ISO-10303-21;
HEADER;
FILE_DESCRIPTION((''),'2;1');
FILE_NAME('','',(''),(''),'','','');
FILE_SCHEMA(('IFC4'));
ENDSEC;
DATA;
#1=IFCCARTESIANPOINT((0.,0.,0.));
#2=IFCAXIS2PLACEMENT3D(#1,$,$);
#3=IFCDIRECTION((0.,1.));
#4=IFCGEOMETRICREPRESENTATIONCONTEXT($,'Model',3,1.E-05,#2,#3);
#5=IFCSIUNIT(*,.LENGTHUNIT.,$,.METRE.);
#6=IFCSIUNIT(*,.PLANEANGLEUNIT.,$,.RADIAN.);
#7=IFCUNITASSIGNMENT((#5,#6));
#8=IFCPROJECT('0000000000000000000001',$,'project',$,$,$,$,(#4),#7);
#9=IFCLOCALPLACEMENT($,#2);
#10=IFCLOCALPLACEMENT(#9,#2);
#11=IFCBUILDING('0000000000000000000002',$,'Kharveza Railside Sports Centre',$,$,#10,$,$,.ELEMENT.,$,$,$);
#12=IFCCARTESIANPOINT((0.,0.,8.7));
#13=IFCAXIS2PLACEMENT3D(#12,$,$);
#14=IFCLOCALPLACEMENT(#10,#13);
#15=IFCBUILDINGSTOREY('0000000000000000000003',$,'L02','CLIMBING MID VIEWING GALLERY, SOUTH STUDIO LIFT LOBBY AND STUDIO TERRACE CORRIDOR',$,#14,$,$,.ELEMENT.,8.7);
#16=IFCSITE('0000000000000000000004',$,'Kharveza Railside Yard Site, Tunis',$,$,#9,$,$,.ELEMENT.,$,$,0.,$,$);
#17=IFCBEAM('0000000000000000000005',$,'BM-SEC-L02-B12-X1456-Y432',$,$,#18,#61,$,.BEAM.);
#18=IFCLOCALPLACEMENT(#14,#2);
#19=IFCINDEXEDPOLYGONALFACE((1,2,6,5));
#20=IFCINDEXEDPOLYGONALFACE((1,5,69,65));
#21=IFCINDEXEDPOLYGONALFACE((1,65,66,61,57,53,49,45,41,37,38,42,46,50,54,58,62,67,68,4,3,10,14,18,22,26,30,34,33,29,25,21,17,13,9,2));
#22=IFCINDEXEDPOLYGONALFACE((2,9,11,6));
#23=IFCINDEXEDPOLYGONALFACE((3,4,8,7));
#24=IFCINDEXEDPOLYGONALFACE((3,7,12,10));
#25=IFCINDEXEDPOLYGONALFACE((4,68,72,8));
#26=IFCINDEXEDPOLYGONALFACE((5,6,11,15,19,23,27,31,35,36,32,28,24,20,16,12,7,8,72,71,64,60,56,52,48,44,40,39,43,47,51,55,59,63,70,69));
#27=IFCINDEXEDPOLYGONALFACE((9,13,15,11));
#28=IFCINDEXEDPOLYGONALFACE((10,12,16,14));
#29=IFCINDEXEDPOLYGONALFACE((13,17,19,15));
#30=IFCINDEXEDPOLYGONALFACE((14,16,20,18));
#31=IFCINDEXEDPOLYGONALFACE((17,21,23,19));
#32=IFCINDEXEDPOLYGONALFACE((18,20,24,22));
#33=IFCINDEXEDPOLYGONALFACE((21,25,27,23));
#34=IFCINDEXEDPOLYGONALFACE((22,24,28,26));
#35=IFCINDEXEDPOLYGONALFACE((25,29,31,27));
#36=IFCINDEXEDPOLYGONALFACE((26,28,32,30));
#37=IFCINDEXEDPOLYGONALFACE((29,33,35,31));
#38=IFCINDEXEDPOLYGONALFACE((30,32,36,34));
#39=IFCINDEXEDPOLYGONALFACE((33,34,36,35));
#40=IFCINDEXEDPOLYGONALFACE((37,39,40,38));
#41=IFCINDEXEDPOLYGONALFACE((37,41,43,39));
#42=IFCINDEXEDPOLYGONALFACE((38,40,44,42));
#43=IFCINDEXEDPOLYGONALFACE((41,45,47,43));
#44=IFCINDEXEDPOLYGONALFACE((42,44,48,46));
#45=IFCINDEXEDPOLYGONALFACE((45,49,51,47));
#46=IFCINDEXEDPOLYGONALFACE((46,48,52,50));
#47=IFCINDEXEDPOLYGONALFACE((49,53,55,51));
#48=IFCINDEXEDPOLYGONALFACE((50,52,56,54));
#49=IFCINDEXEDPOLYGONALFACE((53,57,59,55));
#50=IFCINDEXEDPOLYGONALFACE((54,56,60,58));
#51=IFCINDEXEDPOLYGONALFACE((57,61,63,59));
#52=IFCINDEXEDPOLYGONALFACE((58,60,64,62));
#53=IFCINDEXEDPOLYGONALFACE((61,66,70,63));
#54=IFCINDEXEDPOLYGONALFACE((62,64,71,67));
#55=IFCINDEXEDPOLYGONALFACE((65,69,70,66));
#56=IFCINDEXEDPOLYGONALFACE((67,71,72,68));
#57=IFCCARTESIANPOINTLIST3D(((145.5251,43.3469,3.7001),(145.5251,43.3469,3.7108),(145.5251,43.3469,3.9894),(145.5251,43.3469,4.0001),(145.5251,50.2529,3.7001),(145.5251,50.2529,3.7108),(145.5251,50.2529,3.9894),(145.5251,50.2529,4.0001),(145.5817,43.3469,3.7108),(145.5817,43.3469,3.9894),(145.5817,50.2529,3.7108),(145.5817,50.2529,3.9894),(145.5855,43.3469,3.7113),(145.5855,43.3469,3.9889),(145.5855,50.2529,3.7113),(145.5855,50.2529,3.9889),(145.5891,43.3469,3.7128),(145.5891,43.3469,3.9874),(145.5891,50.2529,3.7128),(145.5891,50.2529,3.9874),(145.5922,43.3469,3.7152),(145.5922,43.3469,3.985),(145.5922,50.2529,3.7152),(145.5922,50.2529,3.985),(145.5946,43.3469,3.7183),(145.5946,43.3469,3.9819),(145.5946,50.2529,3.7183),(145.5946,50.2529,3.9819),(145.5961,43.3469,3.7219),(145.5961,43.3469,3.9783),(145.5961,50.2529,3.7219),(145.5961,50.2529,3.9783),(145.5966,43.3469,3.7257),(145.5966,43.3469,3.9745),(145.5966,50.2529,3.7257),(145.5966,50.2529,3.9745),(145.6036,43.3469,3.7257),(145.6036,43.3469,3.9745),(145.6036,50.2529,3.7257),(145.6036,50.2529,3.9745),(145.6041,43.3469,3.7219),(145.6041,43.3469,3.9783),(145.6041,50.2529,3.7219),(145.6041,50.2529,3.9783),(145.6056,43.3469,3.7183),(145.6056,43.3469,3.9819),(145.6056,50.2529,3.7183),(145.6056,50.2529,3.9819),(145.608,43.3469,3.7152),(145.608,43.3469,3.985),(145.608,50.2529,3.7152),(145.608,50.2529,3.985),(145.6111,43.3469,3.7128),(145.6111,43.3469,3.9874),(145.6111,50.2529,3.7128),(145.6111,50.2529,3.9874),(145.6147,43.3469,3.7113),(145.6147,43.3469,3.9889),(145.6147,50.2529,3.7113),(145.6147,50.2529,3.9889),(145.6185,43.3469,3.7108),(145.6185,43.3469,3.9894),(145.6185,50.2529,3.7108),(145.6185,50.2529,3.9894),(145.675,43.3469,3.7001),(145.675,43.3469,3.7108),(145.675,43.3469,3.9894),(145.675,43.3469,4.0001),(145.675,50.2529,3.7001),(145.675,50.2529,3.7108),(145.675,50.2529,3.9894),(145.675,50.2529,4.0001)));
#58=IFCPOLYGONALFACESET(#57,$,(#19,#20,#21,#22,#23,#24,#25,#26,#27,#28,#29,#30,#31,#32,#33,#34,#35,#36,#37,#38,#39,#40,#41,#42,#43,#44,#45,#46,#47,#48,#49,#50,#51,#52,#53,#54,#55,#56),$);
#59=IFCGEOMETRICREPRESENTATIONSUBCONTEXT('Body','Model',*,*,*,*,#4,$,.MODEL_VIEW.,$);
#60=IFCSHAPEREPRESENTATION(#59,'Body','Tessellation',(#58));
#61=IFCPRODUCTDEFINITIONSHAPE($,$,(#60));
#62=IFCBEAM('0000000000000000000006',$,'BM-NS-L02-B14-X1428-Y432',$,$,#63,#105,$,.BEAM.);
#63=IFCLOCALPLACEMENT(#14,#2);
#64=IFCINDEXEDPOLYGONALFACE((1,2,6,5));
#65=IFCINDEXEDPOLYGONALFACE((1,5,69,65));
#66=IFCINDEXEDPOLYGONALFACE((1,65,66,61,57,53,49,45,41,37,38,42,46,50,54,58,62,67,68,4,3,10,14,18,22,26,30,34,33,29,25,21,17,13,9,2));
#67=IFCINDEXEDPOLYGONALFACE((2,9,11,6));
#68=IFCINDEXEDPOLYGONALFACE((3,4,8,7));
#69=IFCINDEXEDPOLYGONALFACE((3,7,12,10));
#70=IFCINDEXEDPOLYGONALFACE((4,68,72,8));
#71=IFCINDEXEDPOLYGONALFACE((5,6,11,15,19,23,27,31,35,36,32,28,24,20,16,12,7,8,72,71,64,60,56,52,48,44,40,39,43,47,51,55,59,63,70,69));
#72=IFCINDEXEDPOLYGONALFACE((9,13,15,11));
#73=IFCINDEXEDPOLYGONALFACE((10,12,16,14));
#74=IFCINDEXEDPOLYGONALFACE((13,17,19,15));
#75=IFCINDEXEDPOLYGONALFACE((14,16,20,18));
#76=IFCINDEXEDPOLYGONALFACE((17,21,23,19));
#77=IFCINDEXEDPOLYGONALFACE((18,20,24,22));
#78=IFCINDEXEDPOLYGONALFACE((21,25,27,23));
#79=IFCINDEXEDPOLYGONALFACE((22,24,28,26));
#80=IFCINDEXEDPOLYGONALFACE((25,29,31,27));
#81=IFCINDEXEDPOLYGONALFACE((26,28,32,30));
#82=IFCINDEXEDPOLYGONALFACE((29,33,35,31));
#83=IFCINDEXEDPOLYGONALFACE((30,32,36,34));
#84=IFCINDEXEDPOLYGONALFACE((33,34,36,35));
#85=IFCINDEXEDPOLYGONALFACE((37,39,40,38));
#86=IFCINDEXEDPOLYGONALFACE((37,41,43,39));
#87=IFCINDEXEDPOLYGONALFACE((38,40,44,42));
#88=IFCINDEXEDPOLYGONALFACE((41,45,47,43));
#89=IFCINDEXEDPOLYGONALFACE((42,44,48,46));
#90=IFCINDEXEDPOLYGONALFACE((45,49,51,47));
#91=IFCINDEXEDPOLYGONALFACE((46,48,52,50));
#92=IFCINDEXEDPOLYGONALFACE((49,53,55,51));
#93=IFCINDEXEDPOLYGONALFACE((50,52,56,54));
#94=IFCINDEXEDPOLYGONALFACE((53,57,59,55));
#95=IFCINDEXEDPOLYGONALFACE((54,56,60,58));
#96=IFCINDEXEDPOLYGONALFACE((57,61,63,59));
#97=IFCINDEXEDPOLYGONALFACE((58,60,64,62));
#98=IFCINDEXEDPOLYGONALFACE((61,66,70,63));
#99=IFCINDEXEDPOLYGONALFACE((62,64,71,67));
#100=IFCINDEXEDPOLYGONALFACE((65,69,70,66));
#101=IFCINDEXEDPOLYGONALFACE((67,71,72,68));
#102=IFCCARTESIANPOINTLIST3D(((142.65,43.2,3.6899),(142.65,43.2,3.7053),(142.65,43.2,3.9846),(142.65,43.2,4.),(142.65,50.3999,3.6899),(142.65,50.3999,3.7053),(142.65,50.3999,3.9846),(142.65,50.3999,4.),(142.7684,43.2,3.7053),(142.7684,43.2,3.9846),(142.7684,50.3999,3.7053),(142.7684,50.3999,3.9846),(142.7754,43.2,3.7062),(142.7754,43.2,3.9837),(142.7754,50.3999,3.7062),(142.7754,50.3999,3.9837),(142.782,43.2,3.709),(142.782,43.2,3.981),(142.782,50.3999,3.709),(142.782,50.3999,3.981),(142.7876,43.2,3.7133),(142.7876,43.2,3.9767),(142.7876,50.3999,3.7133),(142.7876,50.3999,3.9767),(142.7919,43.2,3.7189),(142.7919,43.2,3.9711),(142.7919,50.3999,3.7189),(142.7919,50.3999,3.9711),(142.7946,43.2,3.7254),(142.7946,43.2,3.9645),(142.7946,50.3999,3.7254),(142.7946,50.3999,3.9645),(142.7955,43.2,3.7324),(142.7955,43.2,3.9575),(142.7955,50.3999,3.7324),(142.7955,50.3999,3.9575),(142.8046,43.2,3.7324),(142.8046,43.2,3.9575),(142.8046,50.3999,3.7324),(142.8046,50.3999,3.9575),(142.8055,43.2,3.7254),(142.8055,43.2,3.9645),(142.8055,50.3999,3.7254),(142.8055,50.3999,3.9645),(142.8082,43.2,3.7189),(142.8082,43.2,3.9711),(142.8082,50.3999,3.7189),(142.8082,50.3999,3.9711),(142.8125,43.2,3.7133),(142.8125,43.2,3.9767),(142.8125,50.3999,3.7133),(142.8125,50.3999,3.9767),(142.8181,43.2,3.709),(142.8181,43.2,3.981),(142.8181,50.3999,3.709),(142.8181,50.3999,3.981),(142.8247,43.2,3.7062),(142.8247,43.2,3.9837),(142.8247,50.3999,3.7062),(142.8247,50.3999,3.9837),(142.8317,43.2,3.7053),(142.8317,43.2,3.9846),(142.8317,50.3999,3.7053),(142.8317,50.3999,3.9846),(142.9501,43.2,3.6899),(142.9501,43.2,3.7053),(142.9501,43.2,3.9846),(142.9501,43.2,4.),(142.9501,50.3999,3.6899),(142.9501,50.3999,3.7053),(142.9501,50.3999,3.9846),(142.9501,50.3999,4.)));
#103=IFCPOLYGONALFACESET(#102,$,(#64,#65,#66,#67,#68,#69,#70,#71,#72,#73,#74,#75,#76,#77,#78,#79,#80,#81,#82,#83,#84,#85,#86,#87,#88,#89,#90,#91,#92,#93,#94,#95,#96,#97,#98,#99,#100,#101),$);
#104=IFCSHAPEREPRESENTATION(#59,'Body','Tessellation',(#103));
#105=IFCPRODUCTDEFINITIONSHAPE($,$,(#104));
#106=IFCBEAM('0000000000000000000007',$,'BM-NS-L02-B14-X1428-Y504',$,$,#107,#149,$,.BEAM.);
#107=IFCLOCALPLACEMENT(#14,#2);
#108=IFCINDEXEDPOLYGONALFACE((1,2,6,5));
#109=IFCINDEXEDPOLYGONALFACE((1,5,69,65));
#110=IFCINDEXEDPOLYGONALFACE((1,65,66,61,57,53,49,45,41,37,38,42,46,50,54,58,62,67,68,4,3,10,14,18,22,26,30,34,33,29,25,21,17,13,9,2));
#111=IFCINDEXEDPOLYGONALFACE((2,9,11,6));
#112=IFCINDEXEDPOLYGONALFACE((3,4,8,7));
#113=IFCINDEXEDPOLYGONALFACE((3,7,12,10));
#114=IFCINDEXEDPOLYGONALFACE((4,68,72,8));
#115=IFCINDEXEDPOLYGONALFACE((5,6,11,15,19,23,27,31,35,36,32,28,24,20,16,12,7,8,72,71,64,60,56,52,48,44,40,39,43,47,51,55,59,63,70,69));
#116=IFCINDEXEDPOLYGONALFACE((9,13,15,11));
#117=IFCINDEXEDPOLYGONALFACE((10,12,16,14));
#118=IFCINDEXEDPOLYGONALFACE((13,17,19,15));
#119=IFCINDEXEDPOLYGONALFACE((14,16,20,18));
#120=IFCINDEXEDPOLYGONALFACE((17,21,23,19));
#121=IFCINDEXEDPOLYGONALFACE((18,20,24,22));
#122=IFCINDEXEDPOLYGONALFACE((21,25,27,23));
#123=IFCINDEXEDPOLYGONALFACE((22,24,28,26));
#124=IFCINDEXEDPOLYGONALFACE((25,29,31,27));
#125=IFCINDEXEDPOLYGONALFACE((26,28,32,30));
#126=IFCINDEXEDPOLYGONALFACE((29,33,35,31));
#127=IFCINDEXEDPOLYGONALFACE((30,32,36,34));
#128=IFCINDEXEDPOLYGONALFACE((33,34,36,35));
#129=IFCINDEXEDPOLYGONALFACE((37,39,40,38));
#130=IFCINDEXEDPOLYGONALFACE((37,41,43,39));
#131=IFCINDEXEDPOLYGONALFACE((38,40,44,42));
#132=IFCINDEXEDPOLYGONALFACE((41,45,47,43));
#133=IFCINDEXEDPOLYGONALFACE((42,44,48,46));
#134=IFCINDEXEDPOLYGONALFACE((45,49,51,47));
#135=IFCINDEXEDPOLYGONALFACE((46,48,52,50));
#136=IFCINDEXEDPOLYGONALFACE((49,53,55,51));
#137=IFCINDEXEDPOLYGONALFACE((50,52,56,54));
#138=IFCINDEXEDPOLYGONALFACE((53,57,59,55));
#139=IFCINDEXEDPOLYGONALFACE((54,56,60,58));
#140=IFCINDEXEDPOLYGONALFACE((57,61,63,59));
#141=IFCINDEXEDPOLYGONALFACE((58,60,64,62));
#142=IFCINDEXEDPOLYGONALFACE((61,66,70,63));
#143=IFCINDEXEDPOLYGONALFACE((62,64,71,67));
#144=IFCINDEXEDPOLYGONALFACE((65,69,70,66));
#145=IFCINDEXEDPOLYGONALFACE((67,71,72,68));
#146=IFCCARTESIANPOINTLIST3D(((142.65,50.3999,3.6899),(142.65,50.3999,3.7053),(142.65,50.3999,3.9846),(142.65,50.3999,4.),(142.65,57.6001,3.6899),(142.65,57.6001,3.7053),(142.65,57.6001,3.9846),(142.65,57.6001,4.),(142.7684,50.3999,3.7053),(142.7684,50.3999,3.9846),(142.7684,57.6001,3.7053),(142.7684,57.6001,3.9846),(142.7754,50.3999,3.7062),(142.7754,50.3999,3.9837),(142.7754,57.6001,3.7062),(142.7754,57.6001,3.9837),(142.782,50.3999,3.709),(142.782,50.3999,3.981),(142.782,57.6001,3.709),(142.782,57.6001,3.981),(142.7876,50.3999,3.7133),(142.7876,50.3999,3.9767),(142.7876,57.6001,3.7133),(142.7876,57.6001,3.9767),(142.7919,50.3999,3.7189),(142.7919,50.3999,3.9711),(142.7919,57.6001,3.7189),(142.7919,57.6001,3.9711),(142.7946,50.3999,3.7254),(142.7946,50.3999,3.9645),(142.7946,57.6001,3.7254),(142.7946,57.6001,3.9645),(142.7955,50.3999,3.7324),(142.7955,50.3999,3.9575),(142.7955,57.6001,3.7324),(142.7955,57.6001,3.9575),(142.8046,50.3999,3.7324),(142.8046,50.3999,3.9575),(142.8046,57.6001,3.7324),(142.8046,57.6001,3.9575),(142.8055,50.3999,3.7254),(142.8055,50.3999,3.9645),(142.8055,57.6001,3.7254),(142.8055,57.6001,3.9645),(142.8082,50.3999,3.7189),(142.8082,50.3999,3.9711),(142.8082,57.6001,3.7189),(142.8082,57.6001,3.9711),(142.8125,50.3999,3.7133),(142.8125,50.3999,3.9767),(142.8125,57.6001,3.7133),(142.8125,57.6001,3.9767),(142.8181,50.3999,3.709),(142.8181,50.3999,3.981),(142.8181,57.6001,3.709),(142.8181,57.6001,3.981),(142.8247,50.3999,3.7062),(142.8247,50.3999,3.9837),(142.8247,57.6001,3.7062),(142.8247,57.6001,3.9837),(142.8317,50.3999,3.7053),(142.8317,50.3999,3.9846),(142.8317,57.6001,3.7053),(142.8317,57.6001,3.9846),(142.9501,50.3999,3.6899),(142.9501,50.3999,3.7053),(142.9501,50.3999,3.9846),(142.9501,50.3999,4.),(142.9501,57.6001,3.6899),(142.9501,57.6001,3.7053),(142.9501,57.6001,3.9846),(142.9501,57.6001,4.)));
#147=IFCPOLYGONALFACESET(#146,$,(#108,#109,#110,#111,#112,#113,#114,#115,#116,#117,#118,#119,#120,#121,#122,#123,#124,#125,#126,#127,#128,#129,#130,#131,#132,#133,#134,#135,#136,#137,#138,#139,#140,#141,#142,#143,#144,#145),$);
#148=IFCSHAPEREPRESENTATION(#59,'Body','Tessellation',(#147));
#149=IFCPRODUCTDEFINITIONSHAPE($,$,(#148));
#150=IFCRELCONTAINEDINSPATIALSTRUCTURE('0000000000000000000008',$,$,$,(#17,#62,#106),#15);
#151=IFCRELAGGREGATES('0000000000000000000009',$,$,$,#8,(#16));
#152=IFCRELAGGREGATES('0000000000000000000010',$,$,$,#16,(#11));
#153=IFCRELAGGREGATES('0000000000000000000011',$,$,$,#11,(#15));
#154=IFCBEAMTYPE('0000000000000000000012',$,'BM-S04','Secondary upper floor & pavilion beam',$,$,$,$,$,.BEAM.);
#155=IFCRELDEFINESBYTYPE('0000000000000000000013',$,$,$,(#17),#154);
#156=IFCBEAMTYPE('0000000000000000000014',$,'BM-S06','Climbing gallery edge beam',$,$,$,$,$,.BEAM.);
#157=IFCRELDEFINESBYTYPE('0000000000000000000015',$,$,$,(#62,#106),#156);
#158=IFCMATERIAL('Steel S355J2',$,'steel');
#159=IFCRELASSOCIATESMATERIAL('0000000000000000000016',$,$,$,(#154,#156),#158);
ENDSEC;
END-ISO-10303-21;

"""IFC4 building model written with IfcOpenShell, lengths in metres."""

from ifc_helpers import new_model, si_unit, direction, frame, origin, origin_2d, place, context, subcontext, project, spatial, i_section, extrude, material, material_profile, profile_set, type_object, element, save


model = new_model("IFC4")

# Units and contexts
model_context = context("Model", 3, precision=1e-05, world=origin(), true_north=direction((0.0, 1.0)))
body_context = subcontext(model_context, "Body", "Model", "MODEL_VIEW")
ifc_project = project(units=[si_unit("LENGTHUNIT", "METRE"), si_unit("PLANEANGLEUNIT", "RADIAN")], contexts=[model_context])

# Site, building, storey
site_placement = place(None, origin())
site = spatial("IfcSite", under=ifc_project, at=site_placement, Name="Kharveza Railside Yard Site, Tunis", CompositionType="ELEMENT", RefElevation=0.0)
building_placement = place(site_placement, origin())
building = spatial("IfcBuilding", under=site, at=building_placement, Name="Kharveza Railside Sports Centre", CompositionType="ELEMENT")
storey_placement = place(building_placement, frame((0.0, 0.0, 8.7)))
storey = spatial("IfcBuildingStorey", under=building, at=storey_placement, Name="L02", Description="CLIMBING MID VIEWING GALLERY, SOUTH STUDIO LIFT LOBBY AND STUDIO TERRACE CORRIDOR", CompositionType="ELEMENT", Elevation=8.7)

# Beams
ifc_material_1 = material(Name="Steel S355J2", Category="steel")
ifc_material_profile_1 = material_profile(ifc_material_1, i_section(OverallWidth=0.1499, OverallDepth=0.3, WebThickness=0.0071, FlangeThickness=0.0107, FilletRadius=0.0149, at=origin_2d()), Name="IPE 300")
ifc_profile_set_1 = profile_set([ifc_material_profile_1], Name="Steel S355J2")
beam_type_1 = type_object("IfcBeamType", Name="BM-S04", Description="Secondary upper floor & pavilion beam", PredefinedType="BEAM", material=ifc_profile_set_1)
beam_1_placement = place(storey_placement, frame((145.6001, 43.3469, 3.8501), z_axis=(0.0, 1.0, 0.0), x_axis=(-1.0, 0.0, 0.0)))
element("IfcBeam", 1, at=beam_1_placement, inside=storey, type_object=beam_type_1, Name="BM-SEC-L02-B12-X1456-Y432", PredefinedType="BEAM", context=body_context, shape_type="SweptSolid", body=[
    extrude(i_section(OverallWidth=0.1499, OverallDepth=0.3, WebThickness=0.0071, FlangeThickness=0.0107, FilletRadius=0.0149, at=origin_2d()), origin(), (0.0, 0.0, 1.0), 6.906),
])
ifc_material_profile_2 = material_profile(ifc_material_1, i_section(OverallWidth=0.3, OverallDepth=0.3101, WebThickness=0.009, FlangeThickness=0.0154, FilletRadius=0.0271, at=origin_2d()), Name="HEA 320")
ifc_profile_set_2 = profile_set([ifc_material_profile_2], Name="Steel S355J2")
beam_type_2 = type_object("IfcBeamType", Name="BM-S06", Description="Climbing gallery edge beam", PredefinedType="BEAM", material=ifc_profile_set_2)
beam_2_placement = place(storey_placement, frame((142.8, 43.2, 3.845), z_axis=(0.0, 1.0, 0.0), x_axis=(-1.0, 0.0, 0.0)))
element("IfcBeam", 2, at=beam_2_placement, inside=storey, type_object=beam_type_2, Name="BM-NS-L02-B14-X1428-Y432", PredefinedType="BEAM", context=body_context, shape_type="SweptSolid", body=[
    extrude(i_section(OverallWidth=0.3, OverallDepth=0.3101, WebThickness=0.009, FlangeThickness=0.0154, FilletRadius=0.0271, at=origin_2d()), origin(), (0.0, 0.0, 1.0), 7.2),
])
beam_3_placement = place(storey_placement, frame((142.8, 50.3999, 3.845), z_axis=(0.0, 1.0, 0.0), x_axis=(-1.0, 0.0, 0.0)))
element("IfcBeam", 3, at=beam_3_placement, inside=storey, type_object=beam_type_2, Name="BM-NS-L02-B14-X1428-Y504", PredefinedType="BEAM", context=body_context, shape_type="SweptSolid", body=[
    extrude(i_section(OverallWidth=0.3, OverallDepth=0.3101, WebThickness=0.009, FlangeThickness=0.0154, FilletRadius=0.0271, at=origin_2d()), origin(), (0.0, 0.0, 1.0), 7.2002),
])

save(model, "model.ifc")
